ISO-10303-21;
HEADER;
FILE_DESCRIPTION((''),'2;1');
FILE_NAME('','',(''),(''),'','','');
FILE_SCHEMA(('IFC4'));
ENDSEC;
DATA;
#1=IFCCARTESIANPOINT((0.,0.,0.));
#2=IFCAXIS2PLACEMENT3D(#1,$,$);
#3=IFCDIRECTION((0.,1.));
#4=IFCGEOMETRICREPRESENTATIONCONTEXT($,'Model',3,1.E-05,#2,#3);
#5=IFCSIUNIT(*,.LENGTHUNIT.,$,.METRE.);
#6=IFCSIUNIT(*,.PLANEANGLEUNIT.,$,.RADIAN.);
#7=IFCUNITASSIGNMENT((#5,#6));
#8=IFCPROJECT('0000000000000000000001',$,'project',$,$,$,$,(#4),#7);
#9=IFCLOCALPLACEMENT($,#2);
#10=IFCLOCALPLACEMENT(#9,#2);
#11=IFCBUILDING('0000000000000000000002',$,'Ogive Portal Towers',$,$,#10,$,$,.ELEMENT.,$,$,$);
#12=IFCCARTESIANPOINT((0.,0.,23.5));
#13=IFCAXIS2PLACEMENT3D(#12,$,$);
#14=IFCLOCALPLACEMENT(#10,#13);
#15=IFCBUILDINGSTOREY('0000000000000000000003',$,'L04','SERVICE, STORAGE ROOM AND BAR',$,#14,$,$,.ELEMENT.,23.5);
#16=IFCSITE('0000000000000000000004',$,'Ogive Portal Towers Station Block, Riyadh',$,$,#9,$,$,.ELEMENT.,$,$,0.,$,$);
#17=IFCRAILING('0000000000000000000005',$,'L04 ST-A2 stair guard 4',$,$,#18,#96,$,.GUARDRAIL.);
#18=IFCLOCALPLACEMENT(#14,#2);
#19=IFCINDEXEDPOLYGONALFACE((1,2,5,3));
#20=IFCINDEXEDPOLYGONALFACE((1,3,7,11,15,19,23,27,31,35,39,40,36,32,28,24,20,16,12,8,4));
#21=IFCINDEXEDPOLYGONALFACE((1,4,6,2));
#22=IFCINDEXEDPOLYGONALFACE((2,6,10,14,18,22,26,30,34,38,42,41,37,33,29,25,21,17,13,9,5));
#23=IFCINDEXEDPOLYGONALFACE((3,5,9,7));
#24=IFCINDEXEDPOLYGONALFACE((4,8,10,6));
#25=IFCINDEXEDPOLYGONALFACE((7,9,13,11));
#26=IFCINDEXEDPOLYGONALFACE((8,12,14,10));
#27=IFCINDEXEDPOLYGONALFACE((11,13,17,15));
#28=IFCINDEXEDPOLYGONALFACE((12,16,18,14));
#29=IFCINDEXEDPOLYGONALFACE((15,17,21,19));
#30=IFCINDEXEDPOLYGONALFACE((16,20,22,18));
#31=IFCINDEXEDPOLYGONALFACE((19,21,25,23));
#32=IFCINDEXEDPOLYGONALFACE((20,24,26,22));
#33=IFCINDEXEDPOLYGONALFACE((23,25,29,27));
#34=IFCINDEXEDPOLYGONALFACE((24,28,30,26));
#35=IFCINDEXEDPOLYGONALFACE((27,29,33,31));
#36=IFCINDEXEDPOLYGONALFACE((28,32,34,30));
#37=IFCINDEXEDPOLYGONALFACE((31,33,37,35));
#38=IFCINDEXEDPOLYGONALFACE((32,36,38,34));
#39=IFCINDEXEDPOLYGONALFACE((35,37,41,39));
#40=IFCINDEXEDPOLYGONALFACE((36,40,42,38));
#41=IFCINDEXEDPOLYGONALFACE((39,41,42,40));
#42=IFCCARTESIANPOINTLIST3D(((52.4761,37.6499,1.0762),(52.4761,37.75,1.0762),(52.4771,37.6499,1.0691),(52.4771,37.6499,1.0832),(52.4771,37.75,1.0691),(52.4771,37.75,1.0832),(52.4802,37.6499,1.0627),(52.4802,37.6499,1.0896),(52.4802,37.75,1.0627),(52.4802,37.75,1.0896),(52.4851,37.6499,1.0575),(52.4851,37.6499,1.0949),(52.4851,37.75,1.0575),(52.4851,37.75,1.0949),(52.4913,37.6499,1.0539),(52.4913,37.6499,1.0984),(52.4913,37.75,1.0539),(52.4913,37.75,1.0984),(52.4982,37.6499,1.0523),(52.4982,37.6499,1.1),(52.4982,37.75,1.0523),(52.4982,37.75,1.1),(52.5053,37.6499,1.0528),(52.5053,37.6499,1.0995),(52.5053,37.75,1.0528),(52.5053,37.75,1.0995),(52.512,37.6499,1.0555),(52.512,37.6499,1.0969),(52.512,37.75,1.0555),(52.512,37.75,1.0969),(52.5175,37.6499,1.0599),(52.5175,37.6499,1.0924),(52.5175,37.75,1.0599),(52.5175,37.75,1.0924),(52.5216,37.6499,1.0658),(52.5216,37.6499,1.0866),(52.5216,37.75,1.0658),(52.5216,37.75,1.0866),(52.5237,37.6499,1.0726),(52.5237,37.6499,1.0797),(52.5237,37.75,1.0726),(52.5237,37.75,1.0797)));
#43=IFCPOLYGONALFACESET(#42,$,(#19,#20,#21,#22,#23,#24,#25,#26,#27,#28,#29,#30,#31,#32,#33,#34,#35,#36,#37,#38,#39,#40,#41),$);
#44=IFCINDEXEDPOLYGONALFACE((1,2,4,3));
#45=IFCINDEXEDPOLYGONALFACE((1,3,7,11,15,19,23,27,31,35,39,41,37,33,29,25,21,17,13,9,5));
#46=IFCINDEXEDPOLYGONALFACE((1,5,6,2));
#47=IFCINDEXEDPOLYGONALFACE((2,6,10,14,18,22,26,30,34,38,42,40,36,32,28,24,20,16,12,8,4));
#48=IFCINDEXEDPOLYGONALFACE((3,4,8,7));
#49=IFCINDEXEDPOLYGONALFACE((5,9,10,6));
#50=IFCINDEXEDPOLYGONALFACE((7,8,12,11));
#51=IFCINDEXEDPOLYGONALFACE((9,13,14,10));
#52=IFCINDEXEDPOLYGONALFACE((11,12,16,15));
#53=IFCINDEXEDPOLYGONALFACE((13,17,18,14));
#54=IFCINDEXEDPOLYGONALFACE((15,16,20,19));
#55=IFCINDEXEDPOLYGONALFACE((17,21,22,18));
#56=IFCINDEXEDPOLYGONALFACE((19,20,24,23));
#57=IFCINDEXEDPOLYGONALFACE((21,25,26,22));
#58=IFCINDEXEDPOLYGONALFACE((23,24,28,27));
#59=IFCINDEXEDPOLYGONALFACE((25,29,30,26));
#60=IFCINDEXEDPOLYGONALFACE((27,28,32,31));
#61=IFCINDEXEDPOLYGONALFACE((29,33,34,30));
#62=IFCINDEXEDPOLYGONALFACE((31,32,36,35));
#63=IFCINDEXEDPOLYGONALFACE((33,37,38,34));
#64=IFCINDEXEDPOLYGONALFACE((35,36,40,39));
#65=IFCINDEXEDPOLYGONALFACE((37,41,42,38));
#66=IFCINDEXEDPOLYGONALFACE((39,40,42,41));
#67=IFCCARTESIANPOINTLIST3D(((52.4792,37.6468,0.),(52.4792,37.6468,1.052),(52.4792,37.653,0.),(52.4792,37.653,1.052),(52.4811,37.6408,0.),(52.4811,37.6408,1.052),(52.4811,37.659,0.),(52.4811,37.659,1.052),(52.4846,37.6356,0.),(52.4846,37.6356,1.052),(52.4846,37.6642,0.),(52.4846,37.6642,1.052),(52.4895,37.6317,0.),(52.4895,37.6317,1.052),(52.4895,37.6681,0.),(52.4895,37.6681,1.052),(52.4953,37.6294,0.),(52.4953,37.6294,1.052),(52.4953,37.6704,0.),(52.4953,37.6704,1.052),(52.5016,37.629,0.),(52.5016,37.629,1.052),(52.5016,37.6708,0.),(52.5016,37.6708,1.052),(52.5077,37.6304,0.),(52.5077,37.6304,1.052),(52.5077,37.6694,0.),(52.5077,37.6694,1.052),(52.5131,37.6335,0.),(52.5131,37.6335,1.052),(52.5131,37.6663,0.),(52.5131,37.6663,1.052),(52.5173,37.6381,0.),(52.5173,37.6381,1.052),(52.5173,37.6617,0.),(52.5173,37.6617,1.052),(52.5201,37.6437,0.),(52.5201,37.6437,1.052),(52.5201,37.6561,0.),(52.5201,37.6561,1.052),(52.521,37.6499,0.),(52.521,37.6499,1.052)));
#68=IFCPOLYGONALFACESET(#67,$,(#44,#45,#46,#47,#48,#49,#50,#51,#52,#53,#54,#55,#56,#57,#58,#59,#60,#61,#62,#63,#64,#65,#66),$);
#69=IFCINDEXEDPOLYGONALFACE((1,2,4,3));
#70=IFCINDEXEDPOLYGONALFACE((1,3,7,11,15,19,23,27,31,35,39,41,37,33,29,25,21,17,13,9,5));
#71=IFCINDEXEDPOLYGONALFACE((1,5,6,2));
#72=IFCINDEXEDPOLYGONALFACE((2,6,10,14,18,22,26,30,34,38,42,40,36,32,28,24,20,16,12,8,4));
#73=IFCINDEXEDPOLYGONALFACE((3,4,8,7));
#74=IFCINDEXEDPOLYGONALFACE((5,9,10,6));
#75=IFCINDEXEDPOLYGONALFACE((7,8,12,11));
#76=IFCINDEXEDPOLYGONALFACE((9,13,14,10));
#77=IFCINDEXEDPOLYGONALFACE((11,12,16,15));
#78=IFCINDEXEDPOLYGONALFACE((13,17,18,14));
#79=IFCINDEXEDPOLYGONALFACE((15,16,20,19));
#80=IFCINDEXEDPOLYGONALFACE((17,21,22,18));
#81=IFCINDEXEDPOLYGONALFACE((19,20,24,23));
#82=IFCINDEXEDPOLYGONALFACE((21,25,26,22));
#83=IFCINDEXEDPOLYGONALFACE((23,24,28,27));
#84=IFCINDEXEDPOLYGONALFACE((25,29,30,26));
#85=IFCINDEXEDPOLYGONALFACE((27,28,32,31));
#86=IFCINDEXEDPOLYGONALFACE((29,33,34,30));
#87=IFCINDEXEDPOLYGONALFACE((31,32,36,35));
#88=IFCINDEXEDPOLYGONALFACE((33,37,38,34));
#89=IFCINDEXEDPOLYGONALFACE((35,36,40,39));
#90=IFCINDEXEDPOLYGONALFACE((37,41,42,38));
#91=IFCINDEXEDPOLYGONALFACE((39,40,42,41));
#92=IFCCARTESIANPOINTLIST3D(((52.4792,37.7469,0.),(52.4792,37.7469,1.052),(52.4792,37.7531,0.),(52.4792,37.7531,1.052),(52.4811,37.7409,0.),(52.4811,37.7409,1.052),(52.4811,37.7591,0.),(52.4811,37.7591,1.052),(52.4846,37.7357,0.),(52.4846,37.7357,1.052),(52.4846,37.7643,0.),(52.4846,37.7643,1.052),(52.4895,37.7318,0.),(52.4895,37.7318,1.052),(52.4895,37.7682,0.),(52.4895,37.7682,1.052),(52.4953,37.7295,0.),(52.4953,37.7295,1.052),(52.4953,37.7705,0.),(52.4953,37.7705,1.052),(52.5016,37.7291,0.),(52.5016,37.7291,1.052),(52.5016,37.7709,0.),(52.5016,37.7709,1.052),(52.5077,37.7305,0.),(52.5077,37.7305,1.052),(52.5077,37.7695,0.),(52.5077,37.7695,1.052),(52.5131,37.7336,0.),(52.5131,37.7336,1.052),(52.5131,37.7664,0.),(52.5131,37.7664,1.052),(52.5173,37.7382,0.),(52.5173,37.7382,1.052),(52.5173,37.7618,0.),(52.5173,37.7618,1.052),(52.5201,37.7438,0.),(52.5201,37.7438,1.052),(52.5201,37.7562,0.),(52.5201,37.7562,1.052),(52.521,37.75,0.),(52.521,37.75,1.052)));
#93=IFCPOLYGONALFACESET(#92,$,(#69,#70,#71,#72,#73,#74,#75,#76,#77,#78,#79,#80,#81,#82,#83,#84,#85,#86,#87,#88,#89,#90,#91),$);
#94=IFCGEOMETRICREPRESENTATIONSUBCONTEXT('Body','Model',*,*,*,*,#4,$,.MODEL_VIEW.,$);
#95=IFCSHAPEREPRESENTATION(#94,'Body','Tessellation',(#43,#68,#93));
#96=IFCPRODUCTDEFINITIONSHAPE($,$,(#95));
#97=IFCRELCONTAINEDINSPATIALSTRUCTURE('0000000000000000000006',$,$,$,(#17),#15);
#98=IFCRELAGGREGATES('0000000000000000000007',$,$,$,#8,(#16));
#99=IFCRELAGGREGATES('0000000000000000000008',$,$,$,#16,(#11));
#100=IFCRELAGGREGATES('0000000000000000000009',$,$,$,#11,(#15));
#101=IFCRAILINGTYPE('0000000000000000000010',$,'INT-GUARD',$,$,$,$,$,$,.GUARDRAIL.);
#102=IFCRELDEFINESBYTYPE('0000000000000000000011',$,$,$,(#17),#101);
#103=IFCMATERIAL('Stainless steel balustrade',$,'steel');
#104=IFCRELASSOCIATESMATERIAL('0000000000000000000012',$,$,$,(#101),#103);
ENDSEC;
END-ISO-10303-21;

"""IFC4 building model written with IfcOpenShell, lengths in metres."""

from ifc_helpers import new_model, si_unit, direction, frame, origin, origin_2d, place, context, subcontext, project, spatial, circle, extrude, material, type_object, element, save


model = new_model("IFC4")

# Units and contexts
model_context = context("Model", 3, precision=1e-05, world=origin(), true_north=direction((0.0, 1.0)))
body_context = subcontext(model_context, "Body", "Model", "MODEL_VIEW")
ifc_project = project(units=[si_unit("LENGTHUNIT", "METRE"), si_unit("PLANEANGLEUNIT", "RADIAN")], contexts=[model_context])

# Site, building, storey
site_placement = place(None, origin())
site = spatial("IfcSite", under=ifc_project, at=site_placement, Name="Ogive Portal Towers Station Block, Riyadh", CompositionType="ELEMENT", RefElevation=0.0)
building_placement = place(site_placement, origin())
building = spatial("IfcBuilding", under=site, at=building_placement, Name="Ogive Portal Towers", CompositionType="ELEMENT")
storey_placement = place(building_placement, frame((0.0, 0.0, 23.5)))
storey = spatial("IfcBuildingStorey", under=building, at=storey_placement, Name="L04", Description="SERVICE, STORAGE ROOM AND BAR", CompositionType="ELEMENT", Elevation=23.5)

# Railing
ifc_material_1 = material(Name="Stainless steel balustrade", Category="steel")
railing_type_1 = type_object("IfcRailingType", Name="INT-GUARD", PredefinedType="GUARDRAIL", material=ifc_material_1)
railing_1_placement = place(storey_placement, frame((52.5, 37.6499, 0.0)))
element("IfcRailing", 1, at=railing_1_placement, inside=storey, type_object=railing_type_1, Name="L04 ST-A2 stair guard 4", PredefinedType="GUARDRAIL", context=body_context, shape_type="SweptSolid", body=[
    extrude(circle(Radius=0.0239, at=origin_2d()), frame((0.0, 0.0, 1.0762), z_axis=(0.0, 1.0, 0.0), x_axis=(-1.0, 0.0, 0.0)), (0.0, 0.0, 1.0), 0.1001),
    extrude(circle(Radius=0.021, at=origin_2d()), origin(), (0.0, 0.0, 1.0), 1.052),
    extrude(circle(Radius=0.021, at=origin_2d()), frame((0.0, 0.1001, 0.0)), (0.0, 0.0, 1.0), 1.052),
])

save(model, "model.ifc")
